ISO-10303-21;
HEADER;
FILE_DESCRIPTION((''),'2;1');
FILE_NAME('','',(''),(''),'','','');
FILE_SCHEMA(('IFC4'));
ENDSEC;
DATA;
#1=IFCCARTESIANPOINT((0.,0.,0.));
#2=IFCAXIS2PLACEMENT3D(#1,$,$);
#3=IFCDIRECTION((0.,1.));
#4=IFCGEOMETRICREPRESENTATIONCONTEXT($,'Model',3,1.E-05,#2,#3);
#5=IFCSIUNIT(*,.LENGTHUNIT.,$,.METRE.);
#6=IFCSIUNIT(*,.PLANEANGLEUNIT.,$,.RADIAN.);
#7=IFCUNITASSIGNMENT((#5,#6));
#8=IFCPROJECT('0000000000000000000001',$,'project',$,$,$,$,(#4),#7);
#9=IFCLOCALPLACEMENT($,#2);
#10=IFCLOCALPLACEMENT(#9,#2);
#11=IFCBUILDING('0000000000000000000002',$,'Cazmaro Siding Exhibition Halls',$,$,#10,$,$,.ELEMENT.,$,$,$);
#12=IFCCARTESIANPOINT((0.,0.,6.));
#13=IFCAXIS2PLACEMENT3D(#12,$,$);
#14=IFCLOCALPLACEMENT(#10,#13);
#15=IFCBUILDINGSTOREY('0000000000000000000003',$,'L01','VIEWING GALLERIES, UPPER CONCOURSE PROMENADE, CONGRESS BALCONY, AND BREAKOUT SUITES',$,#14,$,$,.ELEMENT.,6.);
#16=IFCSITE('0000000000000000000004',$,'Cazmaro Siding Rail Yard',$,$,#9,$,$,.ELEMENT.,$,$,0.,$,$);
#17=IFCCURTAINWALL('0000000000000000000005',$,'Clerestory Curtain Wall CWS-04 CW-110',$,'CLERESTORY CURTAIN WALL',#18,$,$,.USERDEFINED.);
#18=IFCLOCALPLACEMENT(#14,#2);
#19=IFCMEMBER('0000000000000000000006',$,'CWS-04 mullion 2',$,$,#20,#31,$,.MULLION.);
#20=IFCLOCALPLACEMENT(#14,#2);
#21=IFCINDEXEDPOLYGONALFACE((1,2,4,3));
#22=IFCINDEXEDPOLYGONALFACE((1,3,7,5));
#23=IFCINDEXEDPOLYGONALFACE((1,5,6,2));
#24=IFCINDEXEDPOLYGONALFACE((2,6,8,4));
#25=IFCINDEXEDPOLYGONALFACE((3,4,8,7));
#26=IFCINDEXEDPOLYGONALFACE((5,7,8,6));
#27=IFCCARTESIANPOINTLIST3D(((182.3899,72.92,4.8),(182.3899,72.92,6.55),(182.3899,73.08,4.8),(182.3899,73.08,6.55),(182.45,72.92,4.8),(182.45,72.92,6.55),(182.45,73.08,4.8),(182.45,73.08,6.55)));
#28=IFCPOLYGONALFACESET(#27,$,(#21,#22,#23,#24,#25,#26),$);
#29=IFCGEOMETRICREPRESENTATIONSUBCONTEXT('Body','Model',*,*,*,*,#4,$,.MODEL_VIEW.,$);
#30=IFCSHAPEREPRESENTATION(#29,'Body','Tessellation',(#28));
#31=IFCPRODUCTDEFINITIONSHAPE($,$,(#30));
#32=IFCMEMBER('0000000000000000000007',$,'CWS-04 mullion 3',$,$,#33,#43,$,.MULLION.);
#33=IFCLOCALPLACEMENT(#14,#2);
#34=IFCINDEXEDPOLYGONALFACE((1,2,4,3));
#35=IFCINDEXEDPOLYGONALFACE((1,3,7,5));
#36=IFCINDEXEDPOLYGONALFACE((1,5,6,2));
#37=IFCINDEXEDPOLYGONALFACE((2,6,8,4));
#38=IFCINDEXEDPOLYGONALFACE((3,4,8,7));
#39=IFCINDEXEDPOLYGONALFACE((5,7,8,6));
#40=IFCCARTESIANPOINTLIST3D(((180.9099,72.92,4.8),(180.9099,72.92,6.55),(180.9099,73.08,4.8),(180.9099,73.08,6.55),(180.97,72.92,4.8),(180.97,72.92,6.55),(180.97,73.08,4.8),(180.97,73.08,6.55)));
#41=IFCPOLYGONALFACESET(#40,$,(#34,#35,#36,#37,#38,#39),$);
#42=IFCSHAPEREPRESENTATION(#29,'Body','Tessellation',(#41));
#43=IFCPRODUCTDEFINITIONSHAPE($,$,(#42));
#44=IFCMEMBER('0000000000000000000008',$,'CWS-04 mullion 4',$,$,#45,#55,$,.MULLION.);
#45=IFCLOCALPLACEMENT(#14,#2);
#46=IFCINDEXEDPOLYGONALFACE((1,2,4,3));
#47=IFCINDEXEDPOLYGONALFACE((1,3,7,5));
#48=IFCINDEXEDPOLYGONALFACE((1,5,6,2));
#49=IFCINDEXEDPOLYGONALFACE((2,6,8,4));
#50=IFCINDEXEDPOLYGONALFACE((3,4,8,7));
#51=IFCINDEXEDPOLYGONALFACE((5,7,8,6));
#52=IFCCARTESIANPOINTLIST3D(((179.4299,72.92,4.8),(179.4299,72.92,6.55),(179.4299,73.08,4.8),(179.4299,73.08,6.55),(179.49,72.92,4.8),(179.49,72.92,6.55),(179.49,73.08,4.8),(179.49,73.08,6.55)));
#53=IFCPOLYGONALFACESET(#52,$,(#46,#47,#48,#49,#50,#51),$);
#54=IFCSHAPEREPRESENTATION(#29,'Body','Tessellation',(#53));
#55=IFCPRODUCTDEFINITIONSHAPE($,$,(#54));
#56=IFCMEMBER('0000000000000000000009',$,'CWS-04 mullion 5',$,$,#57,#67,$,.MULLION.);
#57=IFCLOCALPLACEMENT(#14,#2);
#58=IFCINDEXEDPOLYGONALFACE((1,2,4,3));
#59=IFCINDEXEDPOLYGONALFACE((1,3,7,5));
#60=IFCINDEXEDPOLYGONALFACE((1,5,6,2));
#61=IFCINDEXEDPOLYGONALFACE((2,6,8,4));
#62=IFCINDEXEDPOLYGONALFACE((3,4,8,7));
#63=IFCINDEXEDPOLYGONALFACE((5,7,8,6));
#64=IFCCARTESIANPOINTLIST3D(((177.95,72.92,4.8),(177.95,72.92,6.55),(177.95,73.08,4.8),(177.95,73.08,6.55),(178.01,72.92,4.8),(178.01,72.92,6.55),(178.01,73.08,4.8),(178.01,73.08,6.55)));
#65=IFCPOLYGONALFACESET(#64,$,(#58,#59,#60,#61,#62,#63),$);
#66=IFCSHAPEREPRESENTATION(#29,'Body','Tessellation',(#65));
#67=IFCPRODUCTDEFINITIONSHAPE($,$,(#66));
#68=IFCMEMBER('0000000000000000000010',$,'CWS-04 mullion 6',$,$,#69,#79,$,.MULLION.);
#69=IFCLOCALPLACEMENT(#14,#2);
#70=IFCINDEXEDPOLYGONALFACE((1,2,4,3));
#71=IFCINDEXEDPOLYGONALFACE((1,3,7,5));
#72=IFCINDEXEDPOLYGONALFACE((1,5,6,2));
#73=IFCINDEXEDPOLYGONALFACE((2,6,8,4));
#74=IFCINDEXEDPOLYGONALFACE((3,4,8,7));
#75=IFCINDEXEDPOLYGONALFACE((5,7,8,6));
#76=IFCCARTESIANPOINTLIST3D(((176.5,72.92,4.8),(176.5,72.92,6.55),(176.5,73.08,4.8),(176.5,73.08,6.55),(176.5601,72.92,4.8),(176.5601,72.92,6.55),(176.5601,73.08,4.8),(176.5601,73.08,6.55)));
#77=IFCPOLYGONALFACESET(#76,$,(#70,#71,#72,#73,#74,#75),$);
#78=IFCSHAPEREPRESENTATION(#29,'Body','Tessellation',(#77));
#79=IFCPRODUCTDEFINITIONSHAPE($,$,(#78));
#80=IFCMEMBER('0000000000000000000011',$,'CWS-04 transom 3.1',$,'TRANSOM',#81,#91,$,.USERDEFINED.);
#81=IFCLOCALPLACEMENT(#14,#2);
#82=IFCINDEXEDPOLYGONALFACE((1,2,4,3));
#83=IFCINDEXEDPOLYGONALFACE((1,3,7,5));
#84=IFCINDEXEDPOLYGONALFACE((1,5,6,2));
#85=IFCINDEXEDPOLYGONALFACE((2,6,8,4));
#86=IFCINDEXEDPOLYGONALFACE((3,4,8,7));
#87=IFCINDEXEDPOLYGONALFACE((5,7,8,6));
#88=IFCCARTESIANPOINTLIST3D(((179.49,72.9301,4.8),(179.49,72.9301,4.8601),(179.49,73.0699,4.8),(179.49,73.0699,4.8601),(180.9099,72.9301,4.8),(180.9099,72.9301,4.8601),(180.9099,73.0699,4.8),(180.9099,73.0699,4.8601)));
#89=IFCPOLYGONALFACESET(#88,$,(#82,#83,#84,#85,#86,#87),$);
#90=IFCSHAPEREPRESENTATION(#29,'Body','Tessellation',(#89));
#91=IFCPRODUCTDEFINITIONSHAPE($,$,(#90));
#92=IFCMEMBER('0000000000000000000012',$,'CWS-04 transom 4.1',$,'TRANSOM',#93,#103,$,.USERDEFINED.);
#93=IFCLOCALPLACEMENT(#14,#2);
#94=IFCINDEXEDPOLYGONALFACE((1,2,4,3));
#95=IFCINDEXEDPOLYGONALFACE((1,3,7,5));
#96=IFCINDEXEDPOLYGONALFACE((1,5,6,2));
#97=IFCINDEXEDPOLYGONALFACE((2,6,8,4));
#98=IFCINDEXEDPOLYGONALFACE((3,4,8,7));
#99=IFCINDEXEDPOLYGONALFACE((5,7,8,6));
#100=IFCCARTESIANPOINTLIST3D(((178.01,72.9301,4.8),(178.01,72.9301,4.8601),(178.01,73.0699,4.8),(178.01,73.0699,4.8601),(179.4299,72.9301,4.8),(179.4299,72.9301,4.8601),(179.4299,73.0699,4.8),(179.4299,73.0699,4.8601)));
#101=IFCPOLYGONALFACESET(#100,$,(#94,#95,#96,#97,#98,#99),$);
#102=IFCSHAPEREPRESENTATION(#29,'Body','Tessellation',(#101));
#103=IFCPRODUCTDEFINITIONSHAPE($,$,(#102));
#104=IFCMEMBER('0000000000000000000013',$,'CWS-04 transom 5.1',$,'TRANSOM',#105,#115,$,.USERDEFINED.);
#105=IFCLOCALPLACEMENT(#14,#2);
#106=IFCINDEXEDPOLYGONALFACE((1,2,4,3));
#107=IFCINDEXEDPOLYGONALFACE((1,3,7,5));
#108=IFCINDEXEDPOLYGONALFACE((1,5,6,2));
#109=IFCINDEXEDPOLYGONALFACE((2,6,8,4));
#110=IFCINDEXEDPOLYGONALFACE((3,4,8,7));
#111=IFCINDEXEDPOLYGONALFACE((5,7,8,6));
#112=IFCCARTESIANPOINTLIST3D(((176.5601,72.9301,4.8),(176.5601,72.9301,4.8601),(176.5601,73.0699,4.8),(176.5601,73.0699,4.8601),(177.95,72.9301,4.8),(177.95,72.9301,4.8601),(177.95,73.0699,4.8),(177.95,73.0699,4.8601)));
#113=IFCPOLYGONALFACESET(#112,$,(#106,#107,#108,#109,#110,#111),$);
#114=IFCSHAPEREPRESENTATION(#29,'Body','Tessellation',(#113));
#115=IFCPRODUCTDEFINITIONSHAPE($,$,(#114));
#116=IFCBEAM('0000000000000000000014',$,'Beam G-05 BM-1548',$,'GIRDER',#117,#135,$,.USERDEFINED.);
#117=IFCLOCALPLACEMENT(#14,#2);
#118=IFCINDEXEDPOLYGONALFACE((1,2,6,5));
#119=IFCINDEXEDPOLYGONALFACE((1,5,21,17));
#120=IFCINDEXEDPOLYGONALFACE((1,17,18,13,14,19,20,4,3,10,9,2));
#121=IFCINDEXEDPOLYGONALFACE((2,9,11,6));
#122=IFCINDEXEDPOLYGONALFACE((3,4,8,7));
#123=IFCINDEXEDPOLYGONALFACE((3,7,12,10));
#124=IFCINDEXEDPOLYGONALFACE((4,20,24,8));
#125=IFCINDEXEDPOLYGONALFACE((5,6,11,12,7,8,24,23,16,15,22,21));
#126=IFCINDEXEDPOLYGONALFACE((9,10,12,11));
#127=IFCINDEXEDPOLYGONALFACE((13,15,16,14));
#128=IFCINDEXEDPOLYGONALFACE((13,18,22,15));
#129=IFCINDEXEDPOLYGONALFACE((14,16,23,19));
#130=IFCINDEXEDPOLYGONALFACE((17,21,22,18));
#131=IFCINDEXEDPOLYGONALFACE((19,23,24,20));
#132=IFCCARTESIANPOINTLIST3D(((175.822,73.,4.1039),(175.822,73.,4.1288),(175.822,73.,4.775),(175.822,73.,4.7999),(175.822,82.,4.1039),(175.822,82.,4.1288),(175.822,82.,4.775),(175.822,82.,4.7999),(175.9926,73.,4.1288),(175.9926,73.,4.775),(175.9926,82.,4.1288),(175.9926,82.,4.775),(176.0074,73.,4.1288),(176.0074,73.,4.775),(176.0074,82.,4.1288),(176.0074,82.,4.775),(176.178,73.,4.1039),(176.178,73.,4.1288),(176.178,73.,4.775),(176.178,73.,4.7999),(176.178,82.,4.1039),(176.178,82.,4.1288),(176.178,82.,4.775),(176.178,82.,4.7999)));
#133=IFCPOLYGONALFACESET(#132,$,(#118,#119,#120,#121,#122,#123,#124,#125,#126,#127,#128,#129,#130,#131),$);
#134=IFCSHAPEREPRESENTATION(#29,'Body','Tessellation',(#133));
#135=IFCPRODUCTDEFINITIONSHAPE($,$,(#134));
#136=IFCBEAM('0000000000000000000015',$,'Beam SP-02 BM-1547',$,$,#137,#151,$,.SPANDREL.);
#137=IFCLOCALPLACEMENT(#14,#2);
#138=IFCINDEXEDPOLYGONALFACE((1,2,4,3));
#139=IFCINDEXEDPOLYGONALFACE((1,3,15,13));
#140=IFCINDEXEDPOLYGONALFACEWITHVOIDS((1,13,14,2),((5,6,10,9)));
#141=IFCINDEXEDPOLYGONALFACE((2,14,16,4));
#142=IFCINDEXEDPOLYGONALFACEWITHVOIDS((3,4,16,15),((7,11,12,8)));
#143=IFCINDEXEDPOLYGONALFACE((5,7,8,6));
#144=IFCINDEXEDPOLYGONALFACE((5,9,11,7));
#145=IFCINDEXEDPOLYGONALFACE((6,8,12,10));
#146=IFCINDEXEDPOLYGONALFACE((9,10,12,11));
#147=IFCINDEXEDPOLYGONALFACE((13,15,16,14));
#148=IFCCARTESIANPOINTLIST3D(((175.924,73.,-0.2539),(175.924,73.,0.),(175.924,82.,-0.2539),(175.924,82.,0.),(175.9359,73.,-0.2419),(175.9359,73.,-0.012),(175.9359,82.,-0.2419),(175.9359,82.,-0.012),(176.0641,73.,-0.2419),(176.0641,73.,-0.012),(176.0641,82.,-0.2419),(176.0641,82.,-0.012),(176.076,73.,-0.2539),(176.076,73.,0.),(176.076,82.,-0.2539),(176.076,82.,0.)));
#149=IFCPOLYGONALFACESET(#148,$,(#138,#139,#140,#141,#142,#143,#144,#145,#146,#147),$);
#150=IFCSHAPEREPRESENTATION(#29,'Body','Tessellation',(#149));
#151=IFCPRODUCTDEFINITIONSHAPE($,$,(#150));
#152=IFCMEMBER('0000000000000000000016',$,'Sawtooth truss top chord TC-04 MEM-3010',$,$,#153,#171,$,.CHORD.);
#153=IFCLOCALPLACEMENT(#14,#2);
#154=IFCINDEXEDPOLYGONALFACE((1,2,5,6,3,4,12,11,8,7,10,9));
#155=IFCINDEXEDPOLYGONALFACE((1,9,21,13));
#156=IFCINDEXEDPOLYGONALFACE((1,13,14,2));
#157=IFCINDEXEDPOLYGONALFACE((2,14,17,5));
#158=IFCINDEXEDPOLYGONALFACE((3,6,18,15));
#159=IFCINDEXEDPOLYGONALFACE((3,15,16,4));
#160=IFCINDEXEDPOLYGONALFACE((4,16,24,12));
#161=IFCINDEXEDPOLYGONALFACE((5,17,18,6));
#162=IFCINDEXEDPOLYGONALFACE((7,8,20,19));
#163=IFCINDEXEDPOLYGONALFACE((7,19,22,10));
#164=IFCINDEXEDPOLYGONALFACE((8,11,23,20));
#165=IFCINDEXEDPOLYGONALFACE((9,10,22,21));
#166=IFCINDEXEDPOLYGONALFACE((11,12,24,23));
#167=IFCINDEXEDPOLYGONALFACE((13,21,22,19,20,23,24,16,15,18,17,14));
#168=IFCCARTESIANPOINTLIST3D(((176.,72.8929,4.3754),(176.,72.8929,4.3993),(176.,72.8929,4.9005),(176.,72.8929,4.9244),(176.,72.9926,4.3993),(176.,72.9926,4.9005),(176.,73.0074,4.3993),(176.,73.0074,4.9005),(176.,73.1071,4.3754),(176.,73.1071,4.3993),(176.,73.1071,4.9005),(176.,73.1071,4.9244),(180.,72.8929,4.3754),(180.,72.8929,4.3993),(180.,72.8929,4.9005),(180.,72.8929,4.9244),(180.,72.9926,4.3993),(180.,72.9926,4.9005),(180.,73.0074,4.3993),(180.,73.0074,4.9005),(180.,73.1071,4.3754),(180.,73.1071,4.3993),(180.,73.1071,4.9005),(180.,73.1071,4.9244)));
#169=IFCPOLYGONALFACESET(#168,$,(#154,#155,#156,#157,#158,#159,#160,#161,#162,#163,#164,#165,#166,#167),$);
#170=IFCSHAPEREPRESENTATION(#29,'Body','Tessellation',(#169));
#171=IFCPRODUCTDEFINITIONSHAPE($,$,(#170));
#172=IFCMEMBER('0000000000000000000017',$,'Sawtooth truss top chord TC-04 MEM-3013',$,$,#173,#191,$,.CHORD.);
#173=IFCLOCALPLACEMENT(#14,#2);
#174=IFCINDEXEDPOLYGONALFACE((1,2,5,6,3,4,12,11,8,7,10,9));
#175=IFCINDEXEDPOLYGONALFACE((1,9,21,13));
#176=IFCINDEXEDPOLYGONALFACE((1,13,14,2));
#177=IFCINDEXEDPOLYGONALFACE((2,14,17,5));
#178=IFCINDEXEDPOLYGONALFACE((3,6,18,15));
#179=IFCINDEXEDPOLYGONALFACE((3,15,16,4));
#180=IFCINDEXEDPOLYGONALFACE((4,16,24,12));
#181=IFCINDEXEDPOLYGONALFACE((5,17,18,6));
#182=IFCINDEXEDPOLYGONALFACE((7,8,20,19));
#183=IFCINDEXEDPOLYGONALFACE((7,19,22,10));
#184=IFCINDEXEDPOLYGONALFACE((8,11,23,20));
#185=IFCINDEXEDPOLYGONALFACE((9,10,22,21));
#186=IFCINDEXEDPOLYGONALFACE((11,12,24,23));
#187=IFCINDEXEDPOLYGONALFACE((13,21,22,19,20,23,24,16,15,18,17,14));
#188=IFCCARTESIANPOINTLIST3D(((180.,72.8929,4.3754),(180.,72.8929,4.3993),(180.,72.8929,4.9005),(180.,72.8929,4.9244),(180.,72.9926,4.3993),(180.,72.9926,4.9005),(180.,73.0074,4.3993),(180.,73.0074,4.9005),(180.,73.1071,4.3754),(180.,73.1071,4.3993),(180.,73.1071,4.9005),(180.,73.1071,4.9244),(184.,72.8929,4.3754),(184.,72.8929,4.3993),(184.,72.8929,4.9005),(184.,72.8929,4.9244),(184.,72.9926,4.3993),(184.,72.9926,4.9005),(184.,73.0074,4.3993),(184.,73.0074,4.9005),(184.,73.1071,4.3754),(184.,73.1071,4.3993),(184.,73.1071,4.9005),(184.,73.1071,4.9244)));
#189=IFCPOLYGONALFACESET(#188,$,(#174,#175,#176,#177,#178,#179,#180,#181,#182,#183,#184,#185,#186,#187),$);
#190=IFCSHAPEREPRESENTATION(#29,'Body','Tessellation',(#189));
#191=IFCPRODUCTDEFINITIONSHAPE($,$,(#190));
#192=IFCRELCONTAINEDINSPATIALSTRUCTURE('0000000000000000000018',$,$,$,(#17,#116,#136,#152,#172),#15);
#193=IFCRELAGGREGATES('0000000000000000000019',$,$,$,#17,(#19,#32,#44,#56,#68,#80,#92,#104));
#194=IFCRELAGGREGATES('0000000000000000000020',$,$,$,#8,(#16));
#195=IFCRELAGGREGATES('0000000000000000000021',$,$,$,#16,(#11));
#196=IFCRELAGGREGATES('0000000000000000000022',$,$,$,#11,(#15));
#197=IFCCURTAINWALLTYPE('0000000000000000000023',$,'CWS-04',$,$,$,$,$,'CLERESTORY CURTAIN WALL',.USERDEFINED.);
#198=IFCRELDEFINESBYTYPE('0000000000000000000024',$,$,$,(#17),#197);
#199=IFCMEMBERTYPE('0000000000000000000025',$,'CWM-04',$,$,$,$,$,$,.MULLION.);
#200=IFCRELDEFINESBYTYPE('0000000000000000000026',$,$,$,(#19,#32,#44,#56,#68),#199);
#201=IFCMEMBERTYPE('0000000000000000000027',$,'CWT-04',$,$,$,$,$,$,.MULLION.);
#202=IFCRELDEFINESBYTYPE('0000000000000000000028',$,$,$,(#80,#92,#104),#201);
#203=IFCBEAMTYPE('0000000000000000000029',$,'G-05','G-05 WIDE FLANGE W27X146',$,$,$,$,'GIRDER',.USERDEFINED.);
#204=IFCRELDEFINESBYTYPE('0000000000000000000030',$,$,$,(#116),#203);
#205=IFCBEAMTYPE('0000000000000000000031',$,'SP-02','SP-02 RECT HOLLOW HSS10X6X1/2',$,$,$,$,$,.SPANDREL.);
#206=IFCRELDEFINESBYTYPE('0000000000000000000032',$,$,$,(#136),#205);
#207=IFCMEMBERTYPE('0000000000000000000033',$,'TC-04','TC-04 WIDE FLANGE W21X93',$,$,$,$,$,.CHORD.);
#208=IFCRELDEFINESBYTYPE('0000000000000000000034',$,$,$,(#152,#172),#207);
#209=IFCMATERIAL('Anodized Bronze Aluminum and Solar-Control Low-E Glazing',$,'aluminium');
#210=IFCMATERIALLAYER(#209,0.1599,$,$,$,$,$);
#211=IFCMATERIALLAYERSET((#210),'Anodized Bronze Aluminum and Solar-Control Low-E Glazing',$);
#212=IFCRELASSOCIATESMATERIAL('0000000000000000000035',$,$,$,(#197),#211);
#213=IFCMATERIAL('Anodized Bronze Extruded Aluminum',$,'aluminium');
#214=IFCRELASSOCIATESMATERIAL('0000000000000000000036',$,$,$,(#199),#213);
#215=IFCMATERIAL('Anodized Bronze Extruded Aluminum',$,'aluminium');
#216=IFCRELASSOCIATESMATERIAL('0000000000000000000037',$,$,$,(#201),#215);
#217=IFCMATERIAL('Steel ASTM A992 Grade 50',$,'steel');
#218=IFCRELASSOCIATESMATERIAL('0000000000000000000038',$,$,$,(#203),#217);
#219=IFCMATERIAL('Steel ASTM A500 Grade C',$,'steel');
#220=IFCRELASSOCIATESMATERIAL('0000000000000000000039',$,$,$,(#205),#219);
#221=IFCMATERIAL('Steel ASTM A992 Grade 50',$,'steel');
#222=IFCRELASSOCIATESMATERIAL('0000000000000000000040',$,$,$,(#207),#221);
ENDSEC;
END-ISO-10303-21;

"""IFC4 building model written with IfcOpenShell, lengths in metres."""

from ifc_helpers import new_model, si_unit, direction, frame, origin, origin_2d, place, context, subcontext, project, spatial, rectangle, hollow_rectangle, i_section, extrude, material, layer, layer_set, material_profile, profile_set, type_object, element, aggregate, save


model = new_model("IFC4")

# Units and contexts
model_context = context("Model", 3, precision=1e-05, world=origin(), true_north=direction((0.0, 1.0)))
body_context = subcontext(model_context, "Body", "Model", "MODEL_VIEW")
ifc_project = project(units=[si_unit("LENGTHUNIT", "METRE"), si_unit("PLANEANGLEUNIT", "RADIAN")], contexts=[model_context])

# Site, building, storey
site_placement = place(None, origin())
site = spatial("IfcSite", under=ifc_project, at=site_placement, Name="Cazmaro Siding Rail Yard", CompositionType="ELEMENT", RefElevation=0.0)
building_placement = place(site_placement, origin())
building = spatial("IfcBuilding", under=site, at=building_placement, Name="Cazmaro Siding Exhibition Halls", CompositionType="ELEMENT")
storey_placement = place(building_placement, frame((0.0, 0.0, 6.0)))
storey = spatial("IfcBuildingStorey", under=building, at=storey_placement, Name="L01", Description="VIEWING GALLERIES, UPPER CONCOURSE PROMENADE, CONGRESS BALCONY, AND BREAKOUT SUITES", CompositionType="ELEMENT", Elevation=6.0)

# Curtain wall, members
ifc_material_1 = material(Name="Anodized Bronze Aluminum and Solar-Control Low-E Glazing", Category="aluminium")
ifc_layer_1 = layer(ifc_material_1, 0.1599)
ifc_layer_set_1 = layer_set([ifc_layer_1], Name="Anodized Bronze Aluminum and Solar-Control Low-E Glazing")
curtain_wall_type = type_object("IfcCurtainWallType", Name="CWS-04", ElementType="CLERESTORY CURTAIN WALL", PredefinedType="USERDEFINED", material=ifc_layer_set_1)
curtain_wall_placement = place(storey_placement, origin())
curtain_wall = element("IfcCurtainWall", 1, at=curtain_wall_placement, inside=storey, type_object=curtain_wall_type, Name="Clerestory Curtain Wall CWS-04 CW-110", ObjectType="CLERESTORY CURTAIN WALL", PredefinedType="USERDEFINED")
ifc_material_2 = material(Name="Anodized Bronze Extruded Aluminum", Category="aluminium")
ifc_material_profile_1 = material_profile(ifc_material_2, rectangle(XDim=0.1599, YDim=0.0601, at=origin_2d()), Name="CWM-04")
ifc_profile_set_1 = profile_set([ifc_material_profile_1], Name="Anodized Bronze Extruded Aluminum")
member_type_1 = type_object("IfcMemberType", Name="CWM-04", PredefinedType="MULLION", material=ifc_profile_set_1)
member_1_placement = place(storey_placement, frame((182.4199, 73.0, 4.8), z_axis=(0.0, 0.0, 1.0), x_axis=(0.0, -1.0, 0.0)))
member_1 = element("IfcMember", 2, at=member_1_placement, type_object=member_type_1, Name="CWS-04 mullion 2", PredefinedType="MULLION", context=body_context, shape_type="SweptSolid", body=[
    extrude(rectangle(XDim=0.1599, YDim=0.0601, at=origin_2d()), origin(), (0.0, 0.0, 1.0), 1.75),
])
member_2_placement = place(storey_placement, frame((180.9399, 73.0, 4.8), z_axis=(0.0, 0.0, 1.0), x_axis=(0.0, -1.0, 0.0)))
member_2 = element("IfcMember", 3, at=member_2_placement, type_object=member_type_1, Name="CWS-04 mullion 3", PredefinedType="MULLION", context=body_context, shape_type="SweptSolid", body=[
    extrude(rectangle(XDim=0.1599, YDim=0.0601, at=origin_2d()), origin(), (0.0, 0.0, 1.0), 1.75),
])
member_3_placement = place(storey_placement, frame((179.46, 73.0, 4.8), z_axis=(0.0, 0.0, 1.0), x_axis=(0.0, -1.0, 0.0)))
member_3 = element("IfcMember", 4, at=member_3_placement, type_object=member_type_1, Name="CWS-04 mullion 4", PredefinedType="MULLION", context=body_context, shape_type="SweptSolid", body=[
    extrude(rectangle(XDim=0.1599, YDim=0.0601, at=origin_2d()), origin(), (0.0, 0.0, 1.0), 1.75),
])
member_4_placement = place(storey_placement, frame((177.98, 73.0, 4.8), z_axis=(0.0, 0.0, 1.0), x_axis=(0.0, -1.0, 0.0)))
member_4 = element("IfcMember", 5, at=member_4_placement, type_object=member_type_1, Name="CWS-04 mullion 5", PredefinedType="MULLION", context=body_context, shape_type="SweptSolid", body=[
    extrude(rectangle(XDim=0.1599, YDim=0.0601, at=origin_2d()), origin(), (0.0, 0.0, 1.0), 1.75),
])
member_5_placement = place(storey_placement, frame((176.53, 73.0, 4.8), z_axis=(0.0, 0.0, 1.0), x_axis=(0.0, -1.0, 0.0)))
member_5 = element("IfcMember", 6, at=member_5_placement, type_object=member_type_1, Name="CWS-04 mullion 6", PredefinedType="MULLION", context=body_context, shape_type="SweptSolid", body=[
    extrude(rectangle(XDim=0.1599, YDim=0.0601, at=origin_2d()), origin(), (0.0, 0.0, 1.0), 1.75),
])
ifc_material_3 = material(Name="Anodized Bronze Extruded Aluminum", Category="aluminium")
ifc_material_profile_2 = material_profile(ifc_material_3, rectangle(XDim=0.1399, YDim=0.0601, at=origin_2d()), Name="CWT-04")
ifc_profile_set_2 = profile_set([ifc_material_profile_2], Name="Anodized Bronze Extruded Aluminum")
member_type_2 = type_object("IfcMemberType", Name="CWT-04", PredefinedType="MULLION", material=ifc_profile_set_2)
member_6_placement = place(storey_placement, frame((180.9099, 73.0, 4.8301), z_axis=(-1.0, 0.0, 0.0), x_axis=(0.0, -1.0, 0.0)))
member_6 = element("IfcMember", 7, at=member_6_placement, type_object=member_type_2, Name="CWS-04 transom 3.1", ObjectType="TRANSOM", PredefinedType="USERDEFINED", context=body_context, shape_type="SweptSolid", body=[
    extrude(rectangle(XDim=0.1399, YDim=0.0601, at=origin_2d()), origin(), (0.0, 0.0, 1.0), 1.4199),
])
member_7_placement = place(storey_placement, frame((179.4299, 73.0, 4.8301), z_axis=(-1.0, 0.0, 0.0), x_axis=(0.0, -1.0, 0.0)))
member_7 = element("IfcMember", 8, at=member_7_placement, type_object=member_type_2, Name="CWS-04 transom 4.1", ObjectType="TRANSOM", PredefinedType="USERDEFINED", context=body_context, shape_type="SweptSolid", body=[
    extrude(rectangle(XDim=0.1399, YDim=0.0601, at=origin_2d()), origin(), (0.0, 0.0, 1.0), 1.4199),
])
member_8_placement = place(storey_placement, frame((177.95, 73.0, 4.8301), z_axis=(-1.0, 0.0, 0.0), x_axis=(0.0, -1.0, 0.0)))
member_8 = element("IfcMember", 9, at=member_8_placement, type_object=member_type_2, Name="CWS-04 transom 5.1", ObjectType="TRANSOM", PredefinedType="USERDEFINED", context=body_context, shape_type="SweptSolid", body=[
    extrude(rectangle(XDim=0.1399, YDim=0.0601, at=origin_2d()), origin(), (0.0, 0.0, 1.0), 1.3899),
])
aggregate(curtain_wall, [member_1, member_2, member_3, member_4, member_5, member_6, member_7, member_8])

# Beams
ifc_material_4 = material(Name="Steel ASTM A992 Grade 50", Category="steel")
ifc_material_profile_3 = material_profile(ifc_material_4, i_section(OverallWidth=0.356, OverallDepth=0.696, WebThickness=0.0149, FlangeThickness=0.0249, at=origin_2d()), Name="W27X146")
ifc_profile_set_3 = profile_set([ifc_material_profile_3], Name="Steel ASTM A992 Grade 50")
beam_type_1 = type_object("IfcBeamType", Name="G-05", Description="G-05 WIDE FLANGE W27X146", ElementType="GIRDER", PredefinedType="USERDEFINED", material=ifc_profile_set_3)
beam_1_placement = place(storey_placement, frame((176.0, 73.0, 4.4519), z_axis=(0.0, 1.0, 0.0), x_axis=(-1.0, 0.0, 0.0)))
element("IfcBeam", 10, at=beam_1_placement, inside=storey, type_object=beam_type_1, Name="Beam G-05 BM-1548", ObjectType="GIRDER", PredefinedType="USERDEFINED", context=body_context, shape_type="SweptSolid", body=[
    extrude(i_section(OverallWidth=0.356, OverallDepth=0.696, WebThickness=0.0149, FlangeThickness=0.0249, at=origin_2d()), origin(), (0.0, 0.0, 1.0), 9.0),
])
ifc_material_5 = material(Name="Steel ASTM A500 Grade C", Category="steel")
ifc_material_profile_4 = material_profile(ifc_material_5, hollow_rectangle(XDim=0.1521, YDim=0.2539, WallThickness=0.012, at=origin_2d()), Name="HSS10X6X1/2")
ifc_profile_set_4 = profile_set([ifc_material_profile_4], Name="Steel ASTM A500 Grade C")
beam_type_2 = type_object("IfcBeamType", Name="SP-02", Description="SP-02 RECT HOLLOW HSS10X6X1/2", PredefinedType="SPANDREL", material=ifc_profile_set_4)
beam_2_placement = place(storey_placement, frame((176.0, 73.0, -0.127), z_axis=(0.0, 1.0, 0.0), x_axis=(-1.0, 0.0, 0.0)))
element("IfcBeam", 11, at=beam_2_placement, inside=storey, type_object=beam_type_2, Name="Beam SP-02 BM-1547", PredefinedType="SPANDREL", context=body_context, shape_type="SweptSolid", body=[
    extrude(hollow_rectangle(XDim=0.1521, YDim=0.2539, WallThickness=0.012, at=origin_2d()), origin(), (0.0, 0.0, 1.0), 9.0),
])

# Members
ifc_material_6 = material(Name="Steel ASTM A992 Grade 50", Category="steel")
ifc_material_profile_5 = material_profile(ifc_material_6, i_section(OverallWidth=0.2141, OverallDepth=0.5491, WebThickness=0.0149, FlangeThickness=0.0239, at=origin_2d()), Name="W21X93")
ifc_profile_set_5 = profile_set([ifc_material_profile_5], Name="Steel ASTM A992 Grade 50")
member_type_3 = type_object("IfcMemberType", Name="TC-04", Description="TC-04 WIDE FLANGE W21X93", PredefinedType="CHORD", material=ifc_profile_set_5)
for number, where, z_axis, x_axis, name in (
    (12, (176.0, 73.0, 4.6499), (1.0, 0.0, 0.0), (0.0, 1.0, 0.0), "Sawtooth truss top chord TC-04 MEM-3010"),
    (13, (180.0, 73.0, 4.6499), (1.0, 0.0, 0.0), (0.0, 1.0, 0.0), "Sawtooth truss top chord TC-04 MEM-3013"),
):
    element("IfcMember", number, at=place(storey_placement, frame(where, z_axis=z_axis, x_axis=x_axis)), inside=storey, type_object=member_type_3, Name=name, PredefinedType="CHORD", context=body_context, shape_type="SweptSolid", body=[
        extrude(i_section(OverallWidth=0.2141, OverallDepth=0.5491, WebThickness=0.0149, FlangeThickness=0.0239, at=origin_2d()), origin(), (0.0, 0.0, 1.0), 4.0),
    ])

save(model, "model.ifc")
